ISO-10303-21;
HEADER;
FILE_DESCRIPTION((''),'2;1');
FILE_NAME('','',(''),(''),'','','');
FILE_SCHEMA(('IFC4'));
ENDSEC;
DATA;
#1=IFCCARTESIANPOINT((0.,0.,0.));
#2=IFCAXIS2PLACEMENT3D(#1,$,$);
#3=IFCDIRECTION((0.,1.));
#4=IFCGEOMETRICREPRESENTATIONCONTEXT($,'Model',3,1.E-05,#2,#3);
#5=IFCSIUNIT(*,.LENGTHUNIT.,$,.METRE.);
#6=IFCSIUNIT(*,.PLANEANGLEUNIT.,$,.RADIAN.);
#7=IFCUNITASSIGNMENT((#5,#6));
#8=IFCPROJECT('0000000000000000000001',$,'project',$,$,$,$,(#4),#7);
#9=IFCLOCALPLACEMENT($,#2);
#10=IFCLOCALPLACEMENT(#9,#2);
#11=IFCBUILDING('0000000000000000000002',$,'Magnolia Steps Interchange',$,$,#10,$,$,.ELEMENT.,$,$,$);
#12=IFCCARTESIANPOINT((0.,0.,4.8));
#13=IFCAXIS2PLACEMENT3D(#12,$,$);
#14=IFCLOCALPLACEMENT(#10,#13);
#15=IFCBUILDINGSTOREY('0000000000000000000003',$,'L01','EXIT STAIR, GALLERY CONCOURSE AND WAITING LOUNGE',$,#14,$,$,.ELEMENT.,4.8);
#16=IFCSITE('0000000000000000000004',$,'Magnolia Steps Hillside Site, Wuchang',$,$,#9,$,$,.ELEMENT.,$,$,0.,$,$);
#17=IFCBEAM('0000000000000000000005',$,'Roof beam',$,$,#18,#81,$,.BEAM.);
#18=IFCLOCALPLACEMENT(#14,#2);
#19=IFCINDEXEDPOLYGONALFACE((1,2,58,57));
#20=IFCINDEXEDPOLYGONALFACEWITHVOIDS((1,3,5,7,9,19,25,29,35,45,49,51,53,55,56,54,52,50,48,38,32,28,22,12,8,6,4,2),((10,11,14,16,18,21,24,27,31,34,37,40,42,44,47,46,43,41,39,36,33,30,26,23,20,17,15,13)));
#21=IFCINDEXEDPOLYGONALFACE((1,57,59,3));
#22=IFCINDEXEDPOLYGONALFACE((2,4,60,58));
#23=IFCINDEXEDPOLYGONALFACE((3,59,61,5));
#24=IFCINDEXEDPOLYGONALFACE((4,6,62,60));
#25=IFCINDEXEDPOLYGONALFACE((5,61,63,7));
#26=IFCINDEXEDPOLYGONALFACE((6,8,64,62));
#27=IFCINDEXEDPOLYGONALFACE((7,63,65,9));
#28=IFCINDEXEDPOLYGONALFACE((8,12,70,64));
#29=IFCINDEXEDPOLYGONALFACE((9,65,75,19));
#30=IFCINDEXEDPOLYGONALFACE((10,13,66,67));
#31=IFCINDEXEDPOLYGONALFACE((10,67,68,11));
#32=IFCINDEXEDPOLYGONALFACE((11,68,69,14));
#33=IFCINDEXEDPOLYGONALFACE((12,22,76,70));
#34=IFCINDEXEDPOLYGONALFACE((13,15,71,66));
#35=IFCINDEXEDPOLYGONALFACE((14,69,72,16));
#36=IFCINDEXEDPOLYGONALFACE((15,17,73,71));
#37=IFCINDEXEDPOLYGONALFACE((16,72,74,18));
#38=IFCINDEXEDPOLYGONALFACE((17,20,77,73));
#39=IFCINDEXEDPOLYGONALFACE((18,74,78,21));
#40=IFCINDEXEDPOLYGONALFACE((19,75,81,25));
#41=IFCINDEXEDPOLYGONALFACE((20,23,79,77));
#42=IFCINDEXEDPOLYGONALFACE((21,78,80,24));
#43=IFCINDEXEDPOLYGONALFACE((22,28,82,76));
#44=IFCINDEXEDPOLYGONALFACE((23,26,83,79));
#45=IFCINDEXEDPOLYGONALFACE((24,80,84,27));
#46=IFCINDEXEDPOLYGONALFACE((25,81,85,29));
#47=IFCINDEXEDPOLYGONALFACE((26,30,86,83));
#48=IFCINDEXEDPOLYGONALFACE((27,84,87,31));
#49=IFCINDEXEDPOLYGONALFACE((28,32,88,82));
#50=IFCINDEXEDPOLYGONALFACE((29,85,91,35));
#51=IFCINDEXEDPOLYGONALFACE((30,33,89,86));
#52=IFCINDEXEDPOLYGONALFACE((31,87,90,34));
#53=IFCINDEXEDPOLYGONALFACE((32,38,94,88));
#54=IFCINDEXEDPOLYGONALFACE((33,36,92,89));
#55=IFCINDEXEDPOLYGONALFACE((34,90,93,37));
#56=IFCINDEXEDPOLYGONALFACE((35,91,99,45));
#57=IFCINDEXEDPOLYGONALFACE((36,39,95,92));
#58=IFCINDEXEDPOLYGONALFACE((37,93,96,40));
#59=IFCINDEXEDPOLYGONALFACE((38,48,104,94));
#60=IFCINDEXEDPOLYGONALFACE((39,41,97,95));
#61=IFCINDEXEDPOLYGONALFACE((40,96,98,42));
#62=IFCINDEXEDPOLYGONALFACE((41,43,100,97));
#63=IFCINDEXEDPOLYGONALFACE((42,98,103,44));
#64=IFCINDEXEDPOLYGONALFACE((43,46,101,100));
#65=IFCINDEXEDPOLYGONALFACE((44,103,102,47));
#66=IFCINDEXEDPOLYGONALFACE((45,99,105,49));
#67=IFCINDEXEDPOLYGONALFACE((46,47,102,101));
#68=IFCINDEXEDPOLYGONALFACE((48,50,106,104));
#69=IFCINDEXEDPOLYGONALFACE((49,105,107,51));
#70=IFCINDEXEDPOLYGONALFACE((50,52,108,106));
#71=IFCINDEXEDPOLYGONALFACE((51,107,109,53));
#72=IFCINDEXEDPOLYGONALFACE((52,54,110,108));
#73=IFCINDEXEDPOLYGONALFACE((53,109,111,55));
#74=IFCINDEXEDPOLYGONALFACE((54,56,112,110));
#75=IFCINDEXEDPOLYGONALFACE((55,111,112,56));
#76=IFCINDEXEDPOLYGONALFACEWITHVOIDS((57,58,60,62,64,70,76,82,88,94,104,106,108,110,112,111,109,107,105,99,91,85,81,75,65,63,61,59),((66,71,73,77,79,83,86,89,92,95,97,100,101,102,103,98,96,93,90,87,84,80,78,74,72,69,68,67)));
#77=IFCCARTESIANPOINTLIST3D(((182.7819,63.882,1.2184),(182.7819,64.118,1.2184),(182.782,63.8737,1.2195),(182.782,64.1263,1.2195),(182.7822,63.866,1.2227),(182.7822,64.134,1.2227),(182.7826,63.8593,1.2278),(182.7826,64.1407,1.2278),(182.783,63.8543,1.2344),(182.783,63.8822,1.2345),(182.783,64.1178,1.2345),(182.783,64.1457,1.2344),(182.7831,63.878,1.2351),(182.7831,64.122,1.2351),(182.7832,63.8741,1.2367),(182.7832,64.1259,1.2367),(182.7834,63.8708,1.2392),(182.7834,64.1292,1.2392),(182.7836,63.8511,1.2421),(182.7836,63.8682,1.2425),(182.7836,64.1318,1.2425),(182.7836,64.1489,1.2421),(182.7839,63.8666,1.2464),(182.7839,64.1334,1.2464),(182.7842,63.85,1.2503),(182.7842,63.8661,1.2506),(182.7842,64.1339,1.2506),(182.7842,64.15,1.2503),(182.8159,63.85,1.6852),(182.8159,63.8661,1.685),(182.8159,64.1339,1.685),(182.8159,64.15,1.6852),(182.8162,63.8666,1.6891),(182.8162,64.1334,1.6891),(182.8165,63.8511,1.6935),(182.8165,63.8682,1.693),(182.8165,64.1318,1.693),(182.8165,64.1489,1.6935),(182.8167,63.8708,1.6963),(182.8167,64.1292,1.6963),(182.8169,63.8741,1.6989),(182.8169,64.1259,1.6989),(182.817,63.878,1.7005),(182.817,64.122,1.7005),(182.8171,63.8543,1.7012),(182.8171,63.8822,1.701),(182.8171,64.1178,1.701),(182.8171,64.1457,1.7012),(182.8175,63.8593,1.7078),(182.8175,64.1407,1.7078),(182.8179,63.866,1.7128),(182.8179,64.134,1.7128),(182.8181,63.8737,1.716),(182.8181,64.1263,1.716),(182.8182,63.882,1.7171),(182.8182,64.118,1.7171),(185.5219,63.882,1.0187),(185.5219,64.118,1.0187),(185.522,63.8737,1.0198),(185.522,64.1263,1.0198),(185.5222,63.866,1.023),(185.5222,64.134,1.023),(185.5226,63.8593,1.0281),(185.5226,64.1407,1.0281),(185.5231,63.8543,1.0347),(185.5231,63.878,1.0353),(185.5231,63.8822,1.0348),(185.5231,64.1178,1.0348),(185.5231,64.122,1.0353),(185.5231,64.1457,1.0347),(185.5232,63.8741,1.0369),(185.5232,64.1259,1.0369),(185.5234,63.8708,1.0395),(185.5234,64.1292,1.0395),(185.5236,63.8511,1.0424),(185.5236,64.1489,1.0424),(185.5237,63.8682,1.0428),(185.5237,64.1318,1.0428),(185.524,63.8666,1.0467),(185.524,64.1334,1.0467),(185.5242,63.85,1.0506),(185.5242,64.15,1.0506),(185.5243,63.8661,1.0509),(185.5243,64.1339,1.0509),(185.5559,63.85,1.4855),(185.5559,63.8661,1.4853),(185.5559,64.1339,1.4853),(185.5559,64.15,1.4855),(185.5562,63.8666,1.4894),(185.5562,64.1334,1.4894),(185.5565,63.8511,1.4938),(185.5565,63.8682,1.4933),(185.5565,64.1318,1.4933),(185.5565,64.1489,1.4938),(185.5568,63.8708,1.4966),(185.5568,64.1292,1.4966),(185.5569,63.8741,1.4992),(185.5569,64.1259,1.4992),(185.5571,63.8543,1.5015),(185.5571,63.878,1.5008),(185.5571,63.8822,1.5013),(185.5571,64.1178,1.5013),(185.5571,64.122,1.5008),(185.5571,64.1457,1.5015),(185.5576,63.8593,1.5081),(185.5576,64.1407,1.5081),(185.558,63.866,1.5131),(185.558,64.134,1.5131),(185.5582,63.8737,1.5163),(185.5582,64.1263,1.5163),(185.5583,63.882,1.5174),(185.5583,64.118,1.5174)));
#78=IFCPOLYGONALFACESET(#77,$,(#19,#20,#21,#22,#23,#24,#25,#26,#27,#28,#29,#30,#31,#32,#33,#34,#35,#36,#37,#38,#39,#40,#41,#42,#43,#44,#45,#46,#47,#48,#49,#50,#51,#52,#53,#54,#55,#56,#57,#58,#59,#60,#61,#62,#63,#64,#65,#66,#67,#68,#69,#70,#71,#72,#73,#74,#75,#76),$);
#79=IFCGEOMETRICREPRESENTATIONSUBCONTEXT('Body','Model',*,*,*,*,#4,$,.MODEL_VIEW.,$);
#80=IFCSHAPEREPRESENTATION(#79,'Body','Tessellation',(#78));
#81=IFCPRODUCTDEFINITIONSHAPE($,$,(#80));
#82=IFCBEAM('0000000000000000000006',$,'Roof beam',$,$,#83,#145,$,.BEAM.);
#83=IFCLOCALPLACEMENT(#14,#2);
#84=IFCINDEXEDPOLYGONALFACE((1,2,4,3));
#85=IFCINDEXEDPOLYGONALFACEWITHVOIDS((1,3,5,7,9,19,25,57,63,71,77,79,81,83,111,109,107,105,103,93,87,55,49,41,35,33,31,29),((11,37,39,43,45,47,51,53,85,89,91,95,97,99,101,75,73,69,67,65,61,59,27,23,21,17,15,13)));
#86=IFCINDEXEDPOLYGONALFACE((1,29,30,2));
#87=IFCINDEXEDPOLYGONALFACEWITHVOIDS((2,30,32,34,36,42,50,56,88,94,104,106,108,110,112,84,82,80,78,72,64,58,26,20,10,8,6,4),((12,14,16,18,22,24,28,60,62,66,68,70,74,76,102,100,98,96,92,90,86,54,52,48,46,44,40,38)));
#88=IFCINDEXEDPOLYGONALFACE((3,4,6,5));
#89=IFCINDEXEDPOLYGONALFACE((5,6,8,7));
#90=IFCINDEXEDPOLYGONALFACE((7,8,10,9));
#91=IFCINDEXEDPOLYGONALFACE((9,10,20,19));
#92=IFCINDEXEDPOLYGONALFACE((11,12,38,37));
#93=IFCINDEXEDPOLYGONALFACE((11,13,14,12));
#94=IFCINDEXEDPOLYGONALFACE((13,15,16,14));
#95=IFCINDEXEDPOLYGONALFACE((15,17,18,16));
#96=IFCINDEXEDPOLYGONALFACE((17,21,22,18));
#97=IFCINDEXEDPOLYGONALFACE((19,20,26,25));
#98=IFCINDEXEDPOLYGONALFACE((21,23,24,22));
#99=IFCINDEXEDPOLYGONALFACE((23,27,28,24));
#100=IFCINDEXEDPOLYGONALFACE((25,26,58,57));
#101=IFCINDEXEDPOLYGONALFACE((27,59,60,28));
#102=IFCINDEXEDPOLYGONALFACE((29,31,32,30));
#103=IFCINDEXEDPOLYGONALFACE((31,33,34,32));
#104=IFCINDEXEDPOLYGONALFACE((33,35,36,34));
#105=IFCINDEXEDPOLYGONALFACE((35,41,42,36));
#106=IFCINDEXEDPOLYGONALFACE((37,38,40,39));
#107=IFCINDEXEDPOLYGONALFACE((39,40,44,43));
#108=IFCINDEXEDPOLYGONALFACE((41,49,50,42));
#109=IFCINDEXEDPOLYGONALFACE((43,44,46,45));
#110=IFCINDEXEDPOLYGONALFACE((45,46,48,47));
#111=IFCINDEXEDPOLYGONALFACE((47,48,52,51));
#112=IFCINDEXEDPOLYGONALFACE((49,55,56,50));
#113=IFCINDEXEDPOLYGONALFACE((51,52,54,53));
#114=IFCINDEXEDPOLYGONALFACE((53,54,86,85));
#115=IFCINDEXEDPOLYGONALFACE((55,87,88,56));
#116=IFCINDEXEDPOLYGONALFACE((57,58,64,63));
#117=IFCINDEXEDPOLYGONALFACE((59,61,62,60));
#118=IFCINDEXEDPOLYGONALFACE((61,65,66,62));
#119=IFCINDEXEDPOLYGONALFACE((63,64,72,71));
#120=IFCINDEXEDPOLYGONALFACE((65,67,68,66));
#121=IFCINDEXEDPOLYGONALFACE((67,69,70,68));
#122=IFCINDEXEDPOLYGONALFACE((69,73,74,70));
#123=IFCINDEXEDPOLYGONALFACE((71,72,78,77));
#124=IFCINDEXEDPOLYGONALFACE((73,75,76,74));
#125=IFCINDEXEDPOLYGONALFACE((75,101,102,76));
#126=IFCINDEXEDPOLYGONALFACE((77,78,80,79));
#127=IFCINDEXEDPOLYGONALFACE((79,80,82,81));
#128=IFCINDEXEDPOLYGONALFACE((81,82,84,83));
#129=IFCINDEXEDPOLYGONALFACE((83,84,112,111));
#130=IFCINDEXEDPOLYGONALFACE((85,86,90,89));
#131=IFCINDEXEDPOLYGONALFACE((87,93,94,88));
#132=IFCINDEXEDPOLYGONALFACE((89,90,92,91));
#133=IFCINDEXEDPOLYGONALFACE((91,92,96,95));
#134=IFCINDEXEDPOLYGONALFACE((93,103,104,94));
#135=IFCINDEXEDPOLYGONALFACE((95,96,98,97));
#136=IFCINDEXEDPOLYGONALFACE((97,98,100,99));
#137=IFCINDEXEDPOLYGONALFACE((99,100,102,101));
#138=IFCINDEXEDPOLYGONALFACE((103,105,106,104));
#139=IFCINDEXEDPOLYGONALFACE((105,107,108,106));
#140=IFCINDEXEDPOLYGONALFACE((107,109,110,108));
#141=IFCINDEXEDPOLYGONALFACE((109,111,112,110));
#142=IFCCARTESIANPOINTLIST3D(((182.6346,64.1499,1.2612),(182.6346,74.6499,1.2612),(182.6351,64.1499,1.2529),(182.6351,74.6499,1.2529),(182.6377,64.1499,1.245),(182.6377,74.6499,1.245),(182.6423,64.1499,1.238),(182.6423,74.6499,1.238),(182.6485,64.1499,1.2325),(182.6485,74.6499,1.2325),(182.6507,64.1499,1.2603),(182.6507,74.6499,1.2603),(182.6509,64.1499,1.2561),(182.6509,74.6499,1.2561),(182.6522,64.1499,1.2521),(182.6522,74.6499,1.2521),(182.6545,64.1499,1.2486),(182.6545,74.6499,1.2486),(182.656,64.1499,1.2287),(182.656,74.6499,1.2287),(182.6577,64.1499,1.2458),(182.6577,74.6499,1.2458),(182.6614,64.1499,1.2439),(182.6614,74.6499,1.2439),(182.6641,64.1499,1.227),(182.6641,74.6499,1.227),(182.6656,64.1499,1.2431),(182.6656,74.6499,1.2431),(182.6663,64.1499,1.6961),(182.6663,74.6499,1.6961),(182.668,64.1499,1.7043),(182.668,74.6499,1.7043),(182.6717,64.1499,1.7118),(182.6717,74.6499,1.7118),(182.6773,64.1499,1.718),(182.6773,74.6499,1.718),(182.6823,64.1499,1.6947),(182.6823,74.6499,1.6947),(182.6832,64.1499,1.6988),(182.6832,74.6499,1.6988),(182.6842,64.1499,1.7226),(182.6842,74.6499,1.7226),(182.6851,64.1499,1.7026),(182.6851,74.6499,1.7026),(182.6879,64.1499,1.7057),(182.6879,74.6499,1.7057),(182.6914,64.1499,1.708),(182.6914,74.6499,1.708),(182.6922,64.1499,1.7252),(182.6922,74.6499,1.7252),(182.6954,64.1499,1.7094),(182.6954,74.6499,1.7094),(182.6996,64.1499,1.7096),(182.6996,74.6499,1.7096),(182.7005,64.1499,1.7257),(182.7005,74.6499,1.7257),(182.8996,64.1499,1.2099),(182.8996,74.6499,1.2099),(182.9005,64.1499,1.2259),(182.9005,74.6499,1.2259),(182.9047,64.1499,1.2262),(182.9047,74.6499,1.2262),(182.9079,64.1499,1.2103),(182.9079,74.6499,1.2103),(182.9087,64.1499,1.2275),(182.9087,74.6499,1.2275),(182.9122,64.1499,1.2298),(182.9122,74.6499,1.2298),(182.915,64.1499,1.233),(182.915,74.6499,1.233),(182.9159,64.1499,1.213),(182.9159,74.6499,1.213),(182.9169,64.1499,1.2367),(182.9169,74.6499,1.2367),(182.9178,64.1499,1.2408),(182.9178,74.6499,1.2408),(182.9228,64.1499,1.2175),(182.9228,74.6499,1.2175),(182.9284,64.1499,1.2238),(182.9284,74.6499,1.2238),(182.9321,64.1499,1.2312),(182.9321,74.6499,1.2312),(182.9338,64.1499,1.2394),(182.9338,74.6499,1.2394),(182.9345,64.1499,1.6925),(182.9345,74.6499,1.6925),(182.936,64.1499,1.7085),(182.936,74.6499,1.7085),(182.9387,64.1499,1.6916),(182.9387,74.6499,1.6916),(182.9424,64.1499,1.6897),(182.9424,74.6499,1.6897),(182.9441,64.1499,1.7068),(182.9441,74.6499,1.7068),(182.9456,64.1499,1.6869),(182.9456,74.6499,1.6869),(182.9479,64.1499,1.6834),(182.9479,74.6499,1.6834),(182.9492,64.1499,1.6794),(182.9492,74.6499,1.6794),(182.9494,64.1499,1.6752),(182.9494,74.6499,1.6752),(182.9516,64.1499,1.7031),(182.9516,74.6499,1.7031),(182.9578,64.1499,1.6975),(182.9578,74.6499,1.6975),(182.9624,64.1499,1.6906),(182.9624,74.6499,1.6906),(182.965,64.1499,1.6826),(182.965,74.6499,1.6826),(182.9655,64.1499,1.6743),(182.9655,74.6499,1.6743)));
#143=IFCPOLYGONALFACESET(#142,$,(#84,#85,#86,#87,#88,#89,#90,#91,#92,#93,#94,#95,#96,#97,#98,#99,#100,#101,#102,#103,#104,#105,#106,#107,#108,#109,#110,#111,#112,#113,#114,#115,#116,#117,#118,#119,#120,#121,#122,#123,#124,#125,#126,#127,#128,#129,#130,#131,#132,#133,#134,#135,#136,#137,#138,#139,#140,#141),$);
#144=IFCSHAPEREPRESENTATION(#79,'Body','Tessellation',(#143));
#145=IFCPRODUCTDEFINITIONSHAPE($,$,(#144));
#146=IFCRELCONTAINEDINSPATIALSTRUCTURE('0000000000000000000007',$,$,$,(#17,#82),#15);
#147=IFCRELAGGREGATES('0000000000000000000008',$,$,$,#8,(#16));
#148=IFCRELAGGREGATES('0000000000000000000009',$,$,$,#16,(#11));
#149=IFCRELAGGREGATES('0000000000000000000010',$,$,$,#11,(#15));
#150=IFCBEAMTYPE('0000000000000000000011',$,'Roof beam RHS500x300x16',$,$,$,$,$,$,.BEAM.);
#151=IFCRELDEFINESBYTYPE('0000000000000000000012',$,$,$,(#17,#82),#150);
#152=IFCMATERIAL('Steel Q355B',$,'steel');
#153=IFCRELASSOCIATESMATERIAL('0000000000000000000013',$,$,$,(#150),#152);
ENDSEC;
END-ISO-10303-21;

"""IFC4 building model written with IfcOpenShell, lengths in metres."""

from ifc_helpers import new_model, si_unit, direction, frame, origin, origin_2d, place, context, subcontext, project, spatial, hollow_rectangle, extrude, material, material_profile, profile_set, type_object, element, save


model = new_model("IFC4")

# Units and contexts
model_context = context("Model", 3, precision=1e-05, world=origin(), true_north=direction((0.0, 1.0)))
body_context = subcontext(model_context, "Body", "Model", "MODEL_VIEW")
ifc_project = project(units=[si_unit("LENGTHUNIT", "METRE"), si_unit("PLANEANGLEUNIT", "RADIAN")], contexts=[model_context])

# Site, building, storey
site_placement = place(None, origin())
site = spatial("IfcSite", under=ifc_project, at=site_placement, Name="Magnolia Steps Hillside Site, Wuchang", CompositionType="ELEMENT", RefElevation=0.0)
building_placement = place(site_placement, origin())
building = spatial("IfcBuilding", under=site, at=building_placement, Name="Magnolia Steps Interchange", CompositionType="ELEMENT")
storey_placement = place(building_placement, frame((0.0, 0.0, 4.8)))
storey = spatial("IfcBuildingStorey", under=building, at=storey_placement, Name="L01", Description="EXIT STAIR, GALLERY CONCOURSE AND WAITING LOUNGE", CompositionType="ELEMENT", Elevation=4.8)

# Beams
ifc_material_1 = material(Name="Steel Q355B", Category="steel")
ifc_material_profile_1 = material_profile(ifc_material_1, hollow_rectangle(XDim=0.3, YDim=0.5, WallThickness=0.0161, InnerFilletRadius=0.0161, OuterFilletRadius=0.032, at=origin_2d()), Name="RHS500x300x16")
ifc_profile_set_1 = profile_set([ifc_material_profile_1], Name="Steel Q355B")
beam_type_1 = type_object("IfcBeamType", Name="Roof beam RHS500x300x16", PredefinedType="BEAM", material=ifc_profile_set_1)
beam_1_placement = place(storey_placement, frame((182.8, 64.0, 1.4678), z_axis=(0.997354, 0.0, -0.072693), x_axis=(0.0, 1.0, 0.0)))
element("IfcBeam", 1, at=beam_1_placement, inside=storey, type_object=beam_type_1, Name="Roof beam", PredefinedType="BEAM", context=body_context, shape_type="SweptSolid", body=[
    extrude(hollow_rectangle(XDim=0.3, YDim=0.5, WallThickness=0.0161, InnerFilletRadius=0.0161, OuterFilletRadius=0.032, at=origin_2d()), origin(), (0.0, 0.0, 1.0), 2.7473),
])
beam_2_placement = place(storey_placement, frame((182.8, 64.1499, 1.4678), z_axis=(0.0, 1.0, 0.0), x_axis=(-0.997352, 0.0, 0.072724)))
element("IfcBeam", 2, at=beam_2_placement, inside=storey, type_object=beam_type_1, Name="Roof beam", PredefinedType="BEAM", context=body_context, shape_type="SweptSolid", body=[
    extrude(hollow_rectangle(XDim=0.3, YDim=0.5, WallThickness=0.0161, InnerFilletRadius=0.0161, OuterFilletRadius=0.032, at=origin_2d()), origin(), (0.0, 0.0, 1.0), 10.5),
])

save(model, "model.ifc")
